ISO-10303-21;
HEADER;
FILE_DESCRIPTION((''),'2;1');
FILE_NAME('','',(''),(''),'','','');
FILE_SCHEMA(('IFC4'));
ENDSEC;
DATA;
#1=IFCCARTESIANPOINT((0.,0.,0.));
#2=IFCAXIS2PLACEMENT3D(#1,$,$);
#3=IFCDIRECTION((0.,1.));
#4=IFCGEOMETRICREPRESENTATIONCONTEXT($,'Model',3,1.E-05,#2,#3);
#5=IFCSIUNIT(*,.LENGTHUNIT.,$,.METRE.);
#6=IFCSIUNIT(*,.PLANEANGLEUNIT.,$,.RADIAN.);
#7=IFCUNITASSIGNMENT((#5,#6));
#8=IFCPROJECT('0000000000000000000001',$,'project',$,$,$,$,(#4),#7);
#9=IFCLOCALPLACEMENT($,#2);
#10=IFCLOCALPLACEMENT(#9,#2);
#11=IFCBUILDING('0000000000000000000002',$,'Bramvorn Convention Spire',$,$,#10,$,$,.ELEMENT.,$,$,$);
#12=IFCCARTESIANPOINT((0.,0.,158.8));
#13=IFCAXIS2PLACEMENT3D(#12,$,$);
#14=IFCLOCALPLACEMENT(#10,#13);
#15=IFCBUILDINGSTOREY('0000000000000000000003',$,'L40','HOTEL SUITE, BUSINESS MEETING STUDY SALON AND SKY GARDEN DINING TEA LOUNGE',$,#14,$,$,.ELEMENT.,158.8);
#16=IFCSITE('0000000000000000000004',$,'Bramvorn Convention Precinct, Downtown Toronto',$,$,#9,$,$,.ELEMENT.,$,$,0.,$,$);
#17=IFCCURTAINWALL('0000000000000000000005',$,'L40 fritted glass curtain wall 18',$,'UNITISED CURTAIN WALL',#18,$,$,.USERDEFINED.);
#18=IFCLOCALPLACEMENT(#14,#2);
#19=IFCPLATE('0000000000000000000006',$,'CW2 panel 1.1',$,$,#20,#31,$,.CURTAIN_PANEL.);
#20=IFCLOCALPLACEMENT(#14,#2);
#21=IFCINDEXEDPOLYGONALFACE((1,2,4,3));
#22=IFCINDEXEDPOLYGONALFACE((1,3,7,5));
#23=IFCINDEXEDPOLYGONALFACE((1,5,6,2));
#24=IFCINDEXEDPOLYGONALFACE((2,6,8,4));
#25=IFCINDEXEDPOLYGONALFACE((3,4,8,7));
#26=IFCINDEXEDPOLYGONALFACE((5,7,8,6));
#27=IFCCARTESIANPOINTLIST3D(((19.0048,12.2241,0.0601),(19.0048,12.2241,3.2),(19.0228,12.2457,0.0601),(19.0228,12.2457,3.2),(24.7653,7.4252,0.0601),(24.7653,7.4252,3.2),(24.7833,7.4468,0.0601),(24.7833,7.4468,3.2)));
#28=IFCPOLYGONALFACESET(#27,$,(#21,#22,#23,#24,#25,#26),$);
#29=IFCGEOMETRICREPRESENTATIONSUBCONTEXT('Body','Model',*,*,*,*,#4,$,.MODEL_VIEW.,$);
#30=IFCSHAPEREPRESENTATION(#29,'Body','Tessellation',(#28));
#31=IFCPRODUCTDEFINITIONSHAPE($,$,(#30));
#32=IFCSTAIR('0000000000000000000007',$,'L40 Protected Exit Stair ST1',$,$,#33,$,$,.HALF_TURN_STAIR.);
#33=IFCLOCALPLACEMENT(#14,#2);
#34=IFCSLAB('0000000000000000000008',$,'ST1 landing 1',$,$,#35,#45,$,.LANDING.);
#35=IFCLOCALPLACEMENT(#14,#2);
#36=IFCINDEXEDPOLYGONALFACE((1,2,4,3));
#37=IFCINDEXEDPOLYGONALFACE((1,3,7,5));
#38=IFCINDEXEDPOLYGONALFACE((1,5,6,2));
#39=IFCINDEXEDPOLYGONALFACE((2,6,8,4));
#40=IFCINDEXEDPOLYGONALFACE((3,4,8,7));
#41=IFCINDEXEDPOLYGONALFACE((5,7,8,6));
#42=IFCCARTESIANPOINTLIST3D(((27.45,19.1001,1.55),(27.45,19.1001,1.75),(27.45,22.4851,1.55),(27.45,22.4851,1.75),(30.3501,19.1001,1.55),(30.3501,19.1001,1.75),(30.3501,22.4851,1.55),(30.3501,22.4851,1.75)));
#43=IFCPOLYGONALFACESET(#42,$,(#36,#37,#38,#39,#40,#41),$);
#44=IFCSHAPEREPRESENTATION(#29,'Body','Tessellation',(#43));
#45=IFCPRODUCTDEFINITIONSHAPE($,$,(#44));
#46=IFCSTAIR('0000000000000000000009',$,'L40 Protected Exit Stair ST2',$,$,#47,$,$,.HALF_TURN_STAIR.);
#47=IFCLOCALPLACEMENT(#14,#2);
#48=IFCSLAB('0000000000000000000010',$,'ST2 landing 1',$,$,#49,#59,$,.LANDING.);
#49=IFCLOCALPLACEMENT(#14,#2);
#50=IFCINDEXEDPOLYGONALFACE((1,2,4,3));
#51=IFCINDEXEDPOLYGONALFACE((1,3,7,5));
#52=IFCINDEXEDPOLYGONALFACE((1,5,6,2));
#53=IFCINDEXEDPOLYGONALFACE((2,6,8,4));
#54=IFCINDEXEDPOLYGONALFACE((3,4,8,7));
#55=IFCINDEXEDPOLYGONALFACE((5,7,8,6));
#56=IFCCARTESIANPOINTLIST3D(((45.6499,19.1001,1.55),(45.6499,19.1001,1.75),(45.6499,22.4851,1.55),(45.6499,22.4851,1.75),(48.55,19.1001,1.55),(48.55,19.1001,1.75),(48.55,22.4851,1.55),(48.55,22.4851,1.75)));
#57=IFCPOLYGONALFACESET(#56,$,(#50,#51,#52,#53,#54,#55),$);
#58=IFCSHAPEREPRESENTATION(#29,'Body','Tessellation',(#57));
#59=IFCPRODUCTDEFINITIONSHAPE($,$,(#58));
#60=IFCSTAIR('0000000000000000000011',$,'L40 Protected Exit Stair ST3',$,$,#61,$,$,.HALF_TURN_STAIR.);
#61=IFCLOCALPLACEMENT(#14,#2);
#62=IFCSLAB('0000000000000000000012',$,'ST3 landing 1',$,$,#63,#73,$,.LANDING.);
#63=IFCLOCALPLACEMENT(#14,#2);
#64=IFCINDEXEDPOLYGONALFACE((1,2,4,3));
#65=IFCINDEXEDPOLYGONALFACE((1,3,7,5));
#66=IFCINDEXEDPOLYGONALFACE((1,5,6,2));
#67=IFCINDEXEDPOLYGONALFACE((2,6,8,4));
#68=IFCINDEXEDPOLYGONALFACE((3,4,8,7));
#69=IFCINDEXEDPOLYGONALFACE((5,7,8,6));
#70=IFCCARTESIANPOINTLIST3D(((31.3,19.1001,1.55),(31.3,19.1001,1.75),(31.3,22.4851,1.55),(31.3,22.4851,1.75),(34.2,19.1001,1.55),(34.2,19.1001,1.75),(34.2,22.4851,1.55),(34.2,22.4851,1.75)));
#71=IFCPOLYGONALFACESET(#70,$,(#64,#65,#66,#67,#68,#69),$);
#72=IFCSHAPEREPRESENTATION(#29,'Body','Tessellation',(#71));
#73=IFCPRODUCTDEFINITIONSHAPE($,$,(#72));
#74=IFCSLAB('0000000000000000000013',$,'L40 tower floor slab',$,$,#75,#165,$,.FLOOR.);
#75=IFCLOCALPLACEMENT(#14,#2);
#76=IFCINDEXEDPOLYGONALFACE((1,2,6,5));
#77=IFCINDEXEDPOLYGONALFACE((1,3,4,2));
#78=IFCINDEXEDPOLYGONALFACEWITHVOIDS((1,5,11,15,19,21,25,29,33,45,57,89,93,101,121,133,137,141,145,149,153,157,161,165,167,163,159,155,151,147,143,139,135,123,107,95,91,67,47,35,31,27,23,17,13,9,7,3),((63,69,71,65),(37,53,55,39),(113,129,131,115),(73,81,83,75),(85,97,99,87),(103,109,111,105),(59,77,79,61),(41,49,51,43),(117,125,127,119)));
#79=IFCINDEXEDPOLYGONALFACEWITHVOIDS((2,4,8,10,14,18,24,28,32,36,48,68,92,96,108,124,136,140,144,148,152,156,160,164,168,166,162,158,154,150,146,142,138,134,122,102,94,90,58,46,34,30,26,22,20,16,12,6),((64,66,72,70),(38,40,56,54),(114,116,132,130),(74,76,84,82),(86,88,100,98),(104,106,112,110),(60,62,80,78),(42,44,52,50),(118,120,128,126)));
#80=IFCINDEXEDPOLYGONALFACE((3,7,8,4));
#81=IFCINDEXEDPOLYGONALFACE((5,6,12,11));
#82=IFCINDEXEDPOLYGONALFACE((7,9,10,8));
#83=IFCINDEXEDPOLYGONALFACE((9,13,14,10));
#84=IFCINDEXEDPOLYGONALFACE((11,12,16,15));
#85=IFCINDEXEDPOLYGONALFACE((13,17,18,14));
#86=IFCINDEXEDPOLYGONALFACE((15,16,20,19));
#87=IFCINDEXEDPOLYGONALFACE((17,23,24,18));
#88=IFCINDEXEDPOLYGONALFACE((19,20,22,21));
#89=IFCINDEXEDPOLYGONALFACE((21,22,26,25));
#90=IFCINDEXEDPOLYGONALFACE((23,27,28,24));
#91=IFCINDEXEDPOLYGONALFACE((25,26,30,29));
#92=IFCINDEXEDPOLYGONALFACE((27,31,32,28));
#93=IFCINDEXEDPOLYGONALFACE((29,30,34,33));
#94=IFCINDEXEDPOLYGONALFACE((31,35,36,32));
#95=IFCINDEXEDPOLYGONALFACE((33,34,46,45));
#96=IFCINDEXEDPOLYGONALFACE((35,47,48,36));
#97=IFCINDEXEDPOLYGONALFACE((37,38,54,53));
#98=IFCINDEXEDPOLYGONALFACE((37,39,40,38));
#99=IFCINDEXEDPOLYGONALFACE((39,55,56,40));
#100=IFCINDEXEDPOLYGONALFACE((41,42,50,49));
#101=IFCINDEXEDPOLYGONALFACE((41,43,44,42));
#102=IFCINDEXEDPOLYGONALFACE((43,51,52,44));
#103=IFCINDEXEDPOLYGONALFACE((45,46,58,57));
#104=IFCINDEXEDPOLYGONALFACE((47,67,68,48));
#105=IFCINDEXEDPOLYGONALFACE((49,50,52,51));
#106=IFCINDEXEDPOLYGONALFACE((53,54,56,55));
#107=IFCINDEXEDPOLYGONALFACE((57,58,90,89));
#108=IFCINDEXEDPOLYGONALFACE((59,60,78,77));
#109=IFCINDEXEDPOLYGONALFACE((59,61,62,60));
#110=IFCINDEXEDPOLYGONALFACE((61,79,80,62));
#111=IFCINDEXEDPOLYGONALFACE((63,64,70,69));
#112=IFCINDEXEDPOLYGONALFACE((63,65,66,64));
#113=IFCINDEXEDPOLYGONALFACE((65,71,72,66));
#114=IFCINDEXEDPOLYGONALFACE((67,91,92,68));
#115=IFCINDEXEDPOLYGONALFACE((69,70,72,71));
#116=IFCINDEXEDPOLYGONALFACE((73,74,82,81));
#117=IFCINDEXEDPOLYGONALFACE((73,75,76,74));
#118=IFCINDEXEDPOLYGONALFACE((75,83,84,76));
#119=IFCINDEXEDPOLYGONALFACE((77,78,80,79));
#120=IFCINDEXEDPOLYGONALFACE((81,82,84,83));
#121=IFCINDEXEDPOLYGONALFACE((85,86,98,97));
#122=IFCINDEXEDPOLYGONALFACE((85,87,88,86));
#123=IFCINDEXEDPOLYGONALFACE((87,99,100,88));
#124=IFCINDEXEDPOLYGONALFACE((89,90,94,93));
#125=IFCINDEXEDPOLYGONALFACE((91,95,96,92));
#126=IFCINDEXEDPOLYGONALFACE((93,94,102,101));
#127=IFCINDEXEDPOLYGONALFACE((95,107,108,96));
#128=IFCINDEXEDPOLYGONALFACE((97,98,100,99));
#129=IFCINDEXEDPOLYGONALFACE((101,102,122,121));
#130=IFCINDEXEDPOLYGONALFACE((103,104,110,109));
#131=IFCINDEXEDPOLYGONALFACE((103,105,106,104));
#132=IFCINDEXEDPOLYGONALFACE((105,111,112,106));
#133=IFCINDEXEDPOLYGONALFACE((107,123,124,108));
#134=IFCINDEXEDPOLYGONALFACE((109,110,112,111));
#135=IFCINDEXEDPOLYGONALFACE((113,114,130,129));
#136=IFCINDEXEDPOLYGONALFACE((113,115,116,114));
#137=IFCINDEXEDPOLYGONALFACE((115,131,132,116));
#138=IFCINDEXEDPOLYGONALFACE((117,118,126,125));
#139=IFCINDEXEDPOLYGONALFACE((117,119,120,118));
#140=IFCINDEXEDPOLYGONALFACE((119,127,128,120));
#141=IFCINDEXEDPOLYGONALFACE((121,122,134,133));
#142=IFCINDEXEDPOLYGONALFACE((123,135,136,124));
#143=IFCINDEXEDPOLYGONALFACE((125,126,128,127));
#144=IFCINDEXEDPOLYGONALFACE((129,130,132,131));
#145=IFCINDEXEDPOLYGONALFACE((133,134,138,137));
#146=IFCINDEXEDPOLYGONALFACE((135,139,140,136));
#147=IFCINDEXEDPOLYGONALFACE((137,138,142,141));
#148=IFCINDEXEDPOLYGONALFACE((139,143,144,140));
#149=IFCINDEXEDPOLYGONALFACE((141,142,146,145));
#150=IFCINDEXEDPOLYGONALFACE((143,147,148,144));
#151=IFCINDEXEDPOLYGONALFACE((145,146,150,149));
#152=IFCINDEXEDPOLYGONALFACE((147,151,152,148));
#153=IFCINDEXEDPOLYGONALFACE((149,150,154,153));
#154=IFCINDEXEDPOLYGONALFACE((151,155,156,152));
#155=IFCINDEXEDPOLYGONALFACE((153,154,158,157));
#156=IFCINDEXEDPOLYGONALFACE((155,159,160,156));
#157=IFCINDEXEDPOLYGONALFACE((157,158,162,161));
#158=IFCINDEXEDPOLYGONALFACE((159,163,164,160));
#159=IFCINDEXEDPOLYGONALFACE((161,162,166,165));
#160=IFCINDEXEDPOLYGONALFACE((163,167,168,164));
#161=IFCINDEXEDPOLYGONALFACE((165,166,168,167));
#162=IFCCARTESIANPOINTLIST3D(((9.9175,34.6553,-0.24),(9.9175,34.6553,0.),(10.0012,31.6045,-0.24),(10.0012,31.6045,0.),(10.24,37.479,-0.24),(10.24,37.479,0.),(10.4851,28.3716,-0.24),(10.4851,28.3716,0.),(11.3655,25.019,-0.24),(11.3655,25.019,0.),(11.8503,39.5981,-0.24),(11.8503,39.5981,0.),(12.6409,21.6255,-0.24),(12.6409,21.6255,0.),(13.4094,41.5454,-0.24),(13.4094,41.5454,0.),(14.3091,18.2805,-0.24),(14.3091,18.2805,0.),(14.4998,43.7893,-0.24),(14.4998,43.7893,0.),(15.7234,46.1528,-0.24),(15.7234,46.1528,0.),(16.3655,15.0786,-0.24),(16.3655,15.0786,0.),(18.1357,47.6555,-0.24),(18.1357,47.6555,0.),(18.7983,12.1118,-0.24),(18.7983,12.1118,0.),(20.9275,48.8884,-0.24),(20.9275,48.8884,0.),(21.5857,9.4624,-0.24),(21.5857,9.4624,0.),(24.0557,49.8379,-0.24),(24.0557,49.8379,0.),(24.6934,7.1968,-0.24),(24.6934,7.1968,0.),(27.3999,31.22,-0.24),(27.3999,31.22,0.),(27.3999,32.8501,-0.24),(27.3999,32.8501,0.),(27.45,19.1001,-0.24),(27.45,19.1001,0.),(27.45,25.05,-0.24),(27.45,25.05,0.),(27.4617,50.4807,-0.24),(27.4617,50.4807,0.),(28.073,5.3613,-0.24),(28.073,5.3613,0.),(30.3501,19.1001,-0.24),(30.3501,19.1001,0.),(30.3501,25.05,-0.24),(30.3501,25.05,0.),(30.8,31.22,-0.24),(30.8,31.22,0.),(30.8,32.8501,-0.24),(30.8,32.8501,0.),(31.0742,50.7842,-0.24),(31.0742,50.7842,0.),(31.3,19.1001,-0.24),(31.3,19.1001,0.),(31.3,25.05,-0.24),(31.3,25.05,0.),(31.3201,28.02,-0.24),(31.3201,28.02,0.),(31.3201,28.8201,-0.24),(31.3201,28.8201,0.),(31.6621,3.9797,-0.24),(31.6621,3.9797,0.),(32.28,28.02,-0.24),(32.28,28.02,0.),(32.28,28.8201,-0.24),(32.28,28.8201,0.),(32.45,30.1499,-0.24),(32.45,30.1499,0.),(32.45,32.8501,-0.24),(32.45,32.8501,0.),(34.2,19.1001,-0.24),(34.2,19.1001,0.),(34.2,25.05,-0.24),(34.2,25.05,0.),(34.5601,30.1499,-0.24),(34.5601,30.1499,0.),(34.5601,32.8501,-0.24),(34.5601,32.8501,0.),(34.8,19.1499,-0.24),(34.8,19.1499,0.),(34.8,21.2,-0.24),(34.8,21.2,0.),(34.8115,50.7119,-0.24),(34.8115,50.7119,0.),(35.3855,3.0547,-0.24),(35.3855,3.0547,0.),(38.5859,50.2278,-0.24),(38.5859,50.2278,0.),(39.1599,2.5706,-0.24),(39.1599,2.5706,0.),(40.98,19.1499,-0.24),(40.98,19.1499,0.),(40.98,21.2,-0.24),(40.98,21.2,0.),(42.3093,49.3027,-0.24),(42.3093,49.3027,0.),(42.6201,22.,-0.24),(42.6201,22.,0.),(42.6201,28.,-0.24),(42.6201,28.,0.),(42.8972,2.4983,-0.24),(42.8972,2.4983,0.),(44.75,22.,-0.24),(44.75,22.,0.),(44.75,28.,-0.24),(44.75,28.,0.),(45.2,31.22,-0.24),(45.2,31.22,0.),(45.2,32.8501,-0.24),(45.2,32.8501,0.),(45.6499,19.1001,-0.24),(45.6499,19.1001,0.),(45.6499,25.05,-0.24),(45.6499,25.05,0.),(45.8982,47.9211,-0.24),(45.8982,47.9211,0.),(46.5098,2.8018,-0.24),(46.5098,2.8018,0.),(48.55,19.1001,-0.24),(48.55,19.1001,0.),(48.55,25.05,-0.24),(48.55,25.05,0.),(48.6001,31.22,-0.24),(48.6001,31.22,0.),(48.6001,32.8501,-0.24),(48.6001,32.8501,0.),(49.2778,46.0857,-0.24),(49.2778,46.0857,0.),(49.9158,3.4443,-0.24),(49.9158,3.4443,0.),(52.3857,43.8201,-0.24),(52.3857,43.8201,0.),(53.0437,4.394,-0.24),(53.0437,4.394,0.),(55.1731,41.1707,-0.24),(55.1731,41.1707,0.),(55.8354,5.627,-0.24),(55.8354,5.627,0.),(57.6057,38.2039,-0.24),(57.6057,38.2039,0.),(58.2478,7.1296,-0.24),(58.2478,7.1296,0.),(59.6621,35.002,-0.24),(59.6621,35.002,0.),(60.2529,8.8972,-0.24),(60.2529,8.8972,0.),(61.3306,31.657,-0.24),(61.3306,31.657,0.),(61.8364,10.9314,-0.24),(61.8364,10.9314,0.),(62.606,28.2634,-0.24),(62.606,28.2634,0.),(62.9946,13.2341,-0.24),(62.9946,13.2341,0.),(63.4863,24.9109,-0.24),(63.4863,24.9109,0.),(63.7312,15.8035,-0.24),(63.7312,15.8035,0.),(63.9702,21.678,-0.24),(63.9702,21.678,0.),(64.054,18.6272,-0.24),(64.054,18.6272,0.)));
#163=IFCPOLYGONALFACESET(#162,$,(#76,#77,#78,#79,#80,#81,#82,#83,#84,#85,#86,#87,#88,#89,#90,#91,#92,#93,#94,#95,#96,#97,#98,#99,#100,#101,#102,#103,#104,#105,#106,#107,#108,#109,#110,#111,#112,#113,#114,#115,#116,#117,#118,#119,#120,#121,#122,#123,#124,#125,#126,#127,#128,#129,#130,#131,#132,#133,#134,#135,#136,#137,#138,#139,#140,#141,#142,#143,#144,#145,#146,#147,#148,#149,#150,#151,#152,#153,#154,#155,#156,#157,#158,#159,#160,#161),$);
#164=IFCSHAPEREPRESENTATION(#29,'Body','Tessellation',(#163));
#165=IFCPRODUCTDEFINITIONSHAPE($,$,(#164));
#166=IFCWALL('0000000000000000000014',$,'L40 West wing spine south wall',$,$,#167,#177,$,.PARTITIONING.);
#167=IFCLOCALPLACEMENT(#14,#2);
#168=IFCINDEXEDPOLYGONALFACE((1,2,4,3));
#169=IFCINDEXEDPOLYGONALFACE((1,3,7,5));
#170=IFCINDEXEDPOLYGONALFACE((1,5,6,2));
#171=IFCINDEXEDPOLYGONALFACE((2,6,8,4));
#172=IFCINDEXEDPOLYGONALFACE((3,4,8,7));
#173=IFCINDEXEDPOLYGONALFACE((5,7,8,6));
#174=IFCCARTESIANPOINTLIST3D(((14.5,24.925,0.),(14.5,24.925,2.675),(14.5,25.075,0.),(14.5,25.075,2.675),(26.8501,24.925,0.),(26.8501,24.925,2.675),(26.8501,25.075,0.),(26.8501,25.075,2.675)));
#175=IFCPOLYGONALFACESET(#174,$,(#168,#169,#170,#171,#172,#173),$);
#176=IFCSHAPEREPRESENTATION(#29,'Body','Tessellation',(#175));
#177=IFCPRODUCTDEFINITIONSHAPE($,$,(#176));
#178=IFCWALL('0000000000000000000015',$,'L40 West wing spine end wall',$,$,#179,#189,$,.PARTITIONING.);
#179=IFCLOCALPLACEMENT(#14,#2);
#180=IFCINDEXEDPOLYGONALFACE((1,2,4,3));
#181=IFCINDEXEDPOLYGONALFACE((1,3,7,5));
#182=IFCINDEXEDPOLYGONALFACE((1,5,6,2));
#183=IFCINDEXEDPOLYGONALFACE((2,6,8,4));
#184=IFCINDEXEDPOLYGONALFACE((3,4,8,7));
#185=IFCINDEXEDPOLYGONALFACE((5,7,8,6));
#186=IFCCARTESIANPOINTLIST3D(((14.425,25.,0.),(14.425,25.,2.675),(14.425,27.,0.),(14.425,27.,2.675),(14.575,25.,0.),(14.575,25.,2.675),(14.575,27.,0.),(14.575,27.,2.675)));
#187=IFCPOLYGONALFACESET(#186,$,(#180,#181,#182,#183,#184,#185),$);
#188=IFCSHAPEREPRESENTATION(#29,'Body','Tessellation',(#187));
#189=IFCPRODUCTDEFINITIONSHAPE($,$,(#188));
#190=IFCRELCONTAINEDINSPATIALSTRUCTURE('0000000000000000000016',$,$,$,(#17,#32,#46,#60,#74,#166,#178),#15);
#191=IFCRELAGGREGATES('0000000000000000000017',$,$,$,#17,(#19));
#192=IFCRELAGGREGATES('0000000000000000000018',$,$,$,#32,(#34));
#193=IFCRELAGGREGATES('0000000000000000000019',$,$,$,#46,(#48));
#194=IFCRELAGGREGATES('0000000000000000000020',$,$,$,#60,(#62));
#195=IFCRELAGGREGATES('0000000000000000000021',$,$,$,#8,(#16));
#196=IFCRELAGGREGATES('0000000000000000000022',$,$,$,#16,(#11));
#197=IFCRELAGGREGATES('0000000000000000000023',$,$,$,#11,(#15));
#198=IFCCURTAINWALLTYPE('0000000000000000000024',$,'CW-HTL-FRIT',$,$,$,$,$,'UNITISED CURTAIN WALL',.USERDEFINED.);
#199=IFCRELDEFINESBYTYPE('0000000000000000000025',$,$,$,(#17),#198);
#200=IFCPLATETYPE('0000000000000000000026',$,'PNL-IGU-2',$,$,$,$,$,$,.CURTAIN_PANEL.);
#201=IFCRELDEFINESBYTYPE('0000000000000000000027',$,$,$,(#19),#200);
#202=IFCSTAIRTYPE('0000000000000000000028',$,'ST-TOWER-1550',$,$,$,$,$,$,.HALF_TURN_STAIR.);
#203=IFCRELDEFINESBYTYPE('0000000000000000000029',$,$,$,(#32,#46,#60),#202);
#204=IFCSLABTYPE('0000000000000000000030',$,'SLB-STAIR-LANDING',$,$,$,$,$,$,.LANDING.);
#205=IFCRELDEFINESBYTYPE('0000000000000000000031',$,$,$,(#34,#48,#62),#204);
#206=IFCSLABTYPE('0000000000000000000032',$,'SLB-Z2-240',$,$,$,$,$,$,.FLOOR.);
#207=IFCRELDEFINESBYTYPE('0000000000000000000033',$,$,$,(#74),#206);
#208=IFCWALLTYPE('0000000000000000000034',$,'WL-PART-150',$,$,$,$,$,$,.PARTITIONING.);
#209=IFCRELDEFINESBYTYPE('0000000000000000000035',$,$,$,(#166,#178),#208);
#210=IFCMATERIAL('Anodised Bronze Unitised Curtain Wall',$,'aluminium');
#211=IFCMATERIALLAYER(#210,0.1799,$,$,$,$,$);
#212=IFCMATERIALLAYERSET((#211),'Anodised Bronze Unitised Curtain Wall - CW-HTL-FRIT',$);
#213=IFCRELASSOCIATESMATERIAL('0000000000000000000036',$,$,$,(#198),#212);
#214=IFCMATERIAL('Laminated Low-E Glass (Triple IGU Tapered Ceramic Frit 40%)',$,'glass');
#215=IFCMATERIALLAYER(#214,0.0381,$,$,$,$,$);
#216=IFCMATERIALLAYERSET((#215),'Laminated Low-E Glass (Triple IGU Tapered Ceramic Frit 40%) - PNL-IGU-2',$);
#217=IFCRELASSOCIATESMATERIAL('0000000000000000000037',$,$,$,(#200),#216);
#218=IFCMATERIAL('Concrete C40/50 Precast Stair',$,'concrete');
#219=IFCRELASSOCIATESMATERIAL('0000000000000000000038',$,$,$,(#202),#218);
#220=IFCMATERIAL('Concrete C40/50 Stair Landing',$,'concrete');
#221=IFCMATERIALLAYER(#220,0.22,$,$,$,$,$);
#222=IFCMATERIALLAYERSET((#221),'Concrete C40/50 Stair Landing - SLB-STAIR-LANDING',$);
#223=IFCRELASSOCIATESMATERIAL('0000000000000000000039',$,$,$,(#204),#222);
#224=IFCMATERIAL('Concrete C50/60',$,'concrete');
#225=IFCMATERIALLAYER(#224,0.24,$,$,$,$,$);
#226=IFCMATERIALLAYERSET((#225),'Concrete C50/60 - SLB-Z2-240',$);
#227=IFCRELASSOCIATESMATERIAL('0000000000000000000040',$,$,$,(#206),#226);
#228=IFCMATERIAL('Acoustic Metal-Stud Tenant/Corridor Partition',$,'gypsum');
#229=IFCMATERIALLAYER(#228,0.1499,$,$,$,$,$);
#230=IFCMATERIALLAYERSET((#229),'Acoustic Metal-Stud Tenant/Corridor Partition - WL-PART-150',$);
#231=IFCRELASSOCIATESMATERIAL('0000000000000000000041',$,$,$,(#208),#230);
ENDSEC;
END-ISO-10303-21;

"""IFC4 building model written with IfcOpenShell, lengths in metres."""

from ifc_helpers import new_model, si_unit, direction, frame, frame_2d, origin, origin_2d, place, context, subcontext, project, spatial, polyline, rectangle, outline, extrude, material, layer, layer_set, type_object, element, aggregate, save


model = new_model("IFC4")

# Units and contexts
model_context = context("Model", 3, precision=1e-05, world=origin(), true_north=direction((0.0, 1.0)))
body_context = subcontext(model_context, "Body", "Model", "MODEL_VIEW")
ifc_project = project(units=[si_unit("LENGTHUNIT", "METRE"), si_unit("PLANEANGLEUNIT", "RADIAN")], contexts=[model_context])

# Site, building, storey
site_placement = place(None, origin())
site = spatial("IfcSite", under=ifc_project, at=site_placement, Name="Bramvorn Convention Precinct, Downtown Toronto", CompositionType="ELEMENT", RefElevation=0.0)
building_placement = place(site_placement, origin())
building = spatial("IfcBuilding", under=site, at=building_placement, Name="Bramvorn Convention Spire", CompositionType="ELEMENT")
storey_placement = place(building_placement, frame((0.0, 0.0, 158.8)))
storey = spatial("IfcBuildingStorey", under=building, at=storey_placement, Name="L40", Description="HOTEL SUITE, BUSINESS MEETING STUDY SALON AND SKY GARDEN DINING TEA LOUNGE", CompositionType="ELEMENT", Elevation=158.8)

# Curtain wall
ifc_material_1 = material(Name="Anodised Bronze Unitised Curtain Wall", Category="aluminium")
ifc_layer_1 = layer(ifc_material_1, 0.1799)
ifc_layer_set_1 = layer_set([ifc_layer_1], Name="Anodised Bronze Unitised Curtain Wall - CW-HTL-FRIT")
curtain_wall_type = type_object("IfcCurtainWallType", Name="CW-HTL-FRIT", ElementType="UNITISED CURTAIN WALL", PredefinedType="USERDEFINED", material=ifc_layer_set_1)
curtain_wall_1_placement = place(storey_placement, origin())
curtain_wall_1 = element("IfcCurtainWall", 1, at=curtain_wall_1_placement, inside=storey, type_object=curtain_wall_type, Name="L40 fritted glass curtain wall 18", ObjectType="UNITISED CURTAIN WALL", PredefinedType="USERDEFINED")

# Plate
ifc_material_2 = material(Name="Laminated Low-E Glass (Triple IGU Tapered Ceramic Frit 40%)", Category="glass")
ifc_layer_2 = layer(ifc_material_2, 0.0381)
ifc_layer_set_2 = layer_set([ifc_layer_2], Name="Laminated Low-E Glass (Triple IGU Tapered Ceramic Frit 40%) - PNL-IGU-2")
plate_type = type_object("IfcPlateType", Name="PNL-IGU-2", PredefinedType="CURTAIN_PANEL", material=ifc_layer_set_2)
plate_1_placement = place(storey_placement, frame((21.894, 9.8354, 0.0601), z_axis=(0.0, 0.0, 1.0), x_axis=(-0.768316, 0.640071, 0.0)))
plate_1 = element("IfcPlate", 2, at=plate_1_placement, type_object=plate_type, Name="CW2 panel 1.1", PredefinedType="CURTAIN_PANEL", context=body_context, shape_type="SweptSolid", body=[
    extrude(rectangle(XDim=7.4976, YDim=0.0281, at=origin_2d()), origin(), (0.0, 0.0, 1.0), 3.1399),
])
aggregate(curtain_wall_1, [plate_1])

# Stairs, slabs
ifc_material_3 = material(Name="Concrete C40/50 Precast Stair", Category="concrete")
stair_type = type_object("IfcStairType", Name="ST-TOWER-1550", PredefinedType="HALF_TURN_STAIR", material=ifc_material_3)
stair_1_placement = place(storey_placement, origin())
stair_1 = element("IfcStair", 3, at=stair_1_placement, inside=storey, type_object=stair_type, Name="L40 Protected Exit Stair ST1", PredefinedType="HALF_TURN_STAIR")
ifc_material_4 = material(Name="Concrete C40/50 Stair Landing", Category="concrete")
ifc_layer_3 = layer(ifc_material_4, 0.22)
ifc_layer_set_3 = layer_set([ifc_layer_3], Name="Concrete C40/50 Stair Landing - SLB-STAIR-LANDING")
slab_type_1 = type_object("IfcSlabType", Name="SLB-STAIR-LANDING", PredefinedType="LANDING", material=ifc_layer_set_3)
slab_1_placement = place(storey_placement, frame((0.0, 0.0, 1.55)))
slab_1 = element("IfcSlab", 4, at=slab_1_placement, type_object=slab_type_1, Name="ST1 landing 1", PredefinedType="LANDING", context=body_context, shape_type="SweptSolid", body=[
    extrude(outline(polyline([(27.45, 22.4851), (27.45, 19.1001), (30.3501, 19.1001), (30.3501, 22.4851), (27.45, 22.4851)])), origin(), (0.0, 0.0, 1.0), 0.2),
])
aggregate(stair_1, [slab_1])
stair_2_placement = place(storey_placement, origin())
stair_2 = element("IfcStair", 5, at=stair_2_placement, inside=storey, type_object=stair_type, Name="L40 Protected Exit Stair ST2", PredefinedType="HALF_TURN_STAIR")
slab_2_placement = place(storey_placement, frame((0.0, 0.0, 1.55)))
slab_2 = element("IfcSlab", 6, at=slab_2_placement, type_object=slab_type_1, Name="ST2 landing 1", PredefinedType="LANDING", context=body_context, shape_type="SweptSolid", body=[
    extrude(outline(polyline([(45.6499, 22.4851), (45.6499, 19.1001), (48.55, 19.1001), (48.55, 22.4851), (45.6499, 22.4851)])), origin(), (0.0, 0.0, 1.0), 0.2),
])
aggregate(stair_2, [slab_2])
stair_3_placement = place(storey_placement, origin())
stair_3 = element("IfcStair", 7, at=stair_3_placement, inside=storey, type_object=stair_type, Name="L40 Protected Exit Stair ST3", PredefinedType="HALF_TURN_STAIR")
slab_3_placement = place(storey_placement, frame((0.0, 0.0, 1.55)))
slab_3 = element("IfcSlab", 8, at=slab_3_placement, type_object=slab_type_1, Name="ST3 landing 1", PredefinedType="LANDING", context=body_context, shape_type="SweptSolid", body=[
    extrude(outline(polyline([(31.3, 22.4851), (31.3, 19.1001), (34.2, 19.1001), (34.2, 22.4851), (31.3, 22.4851)])), origin(), (0.0, 0.0, 1.0), 0.2),
])
aggregate(stair_3, [slab_3])

# Slab
ifc_material_5 = material(Name="Concrete C50/60", Category="concrete")
ifc_layer_4 = layer(ifc_material_5, 0.24)
ifc_layer_set_4 = layer_set([ifc_layer_4], Name="Concrete C50/60 - SLB-Z2-240")
slab_type_2 = type_object("IfcSlabType", Name="SLB-Z2-240", PredefinedType="FLOOR", material=ifc_layer_set_4)
slab_4_placement = place(storey_placement, frame((0.0, 0.0, -0.24)))
element("IfcSlab", 9, at=slab_4_placement, inside=storey, type_object=slab_type_2, Name="L40 tower floor slab", PredefinedType="FLOOR", context=body_context, shape_type="SweptSolid", body=[
    extrude(outline(polyline([(61.8364, 10.9314), (62.9946, 13.2341), (63.7312, 15.8035), (64.054, 18.6272), (63.9702, 21.678), (63.4863, 24.9109), (62.606, 28.2634), (61.3306, 31.657), (59.6621, 35.002), (57.6057, 38.2039), (55.1731, 41.1707), (52.3857, 43.8201), (49.2778, 46.0857), (45.8982, 47.9211), (42.3093, 49.3027), (38.5859, 50.2278), (34.8115, 50.7119), (31.0742, 50.7842), (27.4617, 50.4807), (24.0557, 49.8379), (20.9275, 48.8884), (18.1357, 47.6555), (15.7234, 46.1528), (14.4998, 43.7893), (13.4094, 41.5454), (11.8503, 39.5981), (10.24, 37.479), (9.9175, 34.6553), (10.0012, 31.6045), (10.4851, 28.3716), (11.3655, 25.019), (12.6409, 21.6255), (14.3091, 18.2805), (16.3655, 15.0786), (18.7983, 12.1118), (21.5857, 9.4624), (24.6934, 7.1968), (28.073, 5.3613), (31.6621, 3.9797), (35.3855, 3.0547), (39.1599, 2.5706), (42.8972, 2.4983), (46.5098, 2.8018), (49.9158, 3.4443), (53.0437, 4.394), (55.8354, 5.627), (58.2478, 7.1296), (60.2529, 8.8972), (61.8364, 10.9314)]), holes=[polyline([(27.45, 25.05), (27.45, 19.1001), (30.3501, 19.1001), (30.3501, 25.05), (27.45, 25.05)]), polyline([(45.6499, 25.05), (45.6499, 19.1001), (48.55, 19.1001), (48.55, 25.05), (45.6499, 25.05)]), polyline([(31.3, 25.05), (31.3, 19.1001), (34.2, 19.1001), (34.2, 25.05), (31.3, 25.05)]), polyline([(27.3999, 31.22), (30.8, 31.22), (30.8, 32.8501), (27.3999, 32.8501), (27.3999, 31.22)]), polyline([(45.2, 31.22), (48.6001, 31.22), (48.6001, 32.8501), (45.2, 32.8501), (45.2, 31.22)]), polyline([(32.45, 30.1499), (34.5601, 30.1499), (34.5601, 32.8501), (32.45, 32.8501), (32.45, 30.1499)]), polyline([(34.8, 19.1499), (40.98, 19.1499), (40.98, 21.2), (34.8, 21.2), (34.8, 19.1499)]), polyline([(42.6201, 22.0), (44.75, 22.0), (44.75, 28.0), (42.6201, 28.0), (42.6201, 22.0)]), polyline([(31.3201, 28.02), (32.28, 28.02), (32.28, 28.8201), (31.3201, 28.8201), (31.3201, 28.02)])]), origin(), (0.0, 0.0, 1.0), 0.24),
])

# Walls
ifc_material_6 = material(Name="Acoustic Metal-Stud Tenant/Corridor Partition", Category="gypsum")
ifc_layer_5 = layer(ifc_material_6, 0.1499)
ifc_layer_set_5 = layer_set([ifc_layer_5], Name="Acoustic Metal-Stud Tenant/Corridor Partition - WL-PART-150")
wall_type = type_object("IfcWallType", Name="WL-PART-150", PredefinedType="PARTITIONING", material=ifc_layer_set_5)
wall_1_placement = place(storey_placement, frame((14.5, 25.0, 0.0), z_axis=(0.0, 0.0, 1.0), x_axis=(1.0, 0.0, 0.0)))
element("IfcWall", 10, at=wall_1_placement, inside=storey, type_object=wall_type, Name="L40 West wing spine south wall", PredefinedType="PARTITIONING", context=body_context, shape_type="SweptSolid", body=[
    extrude(rectangle(XDim=12.3501, YDim=0.1499, at=frame_2d((6.175, 0.0))), origin(), (0.0, 0.0, 1.0), 2.675),
])
wall_2_placement = place(storey_placement, frame((14.5, 25.0, 0.0), z_axis=(0.0, 0.0, 1.0), x_axis=(0.0, 1.0, 0.0)))
element("IfcWall", 11, at=wall_2_placement, inside=storey, type_object=wall_type, Name="L40 West wing spine end wall", PredefinedType="PARTITIONING", context=body_context, shape_type="SweptSolid", body=[
    extrude(rectangle(XDim=2.0, YDim=0.1499, at=frame_2d((1.0, 0.0))), origin(), (0.0, 0.0, 1.0), 2.675),
])

save(model, "model.ifc")
